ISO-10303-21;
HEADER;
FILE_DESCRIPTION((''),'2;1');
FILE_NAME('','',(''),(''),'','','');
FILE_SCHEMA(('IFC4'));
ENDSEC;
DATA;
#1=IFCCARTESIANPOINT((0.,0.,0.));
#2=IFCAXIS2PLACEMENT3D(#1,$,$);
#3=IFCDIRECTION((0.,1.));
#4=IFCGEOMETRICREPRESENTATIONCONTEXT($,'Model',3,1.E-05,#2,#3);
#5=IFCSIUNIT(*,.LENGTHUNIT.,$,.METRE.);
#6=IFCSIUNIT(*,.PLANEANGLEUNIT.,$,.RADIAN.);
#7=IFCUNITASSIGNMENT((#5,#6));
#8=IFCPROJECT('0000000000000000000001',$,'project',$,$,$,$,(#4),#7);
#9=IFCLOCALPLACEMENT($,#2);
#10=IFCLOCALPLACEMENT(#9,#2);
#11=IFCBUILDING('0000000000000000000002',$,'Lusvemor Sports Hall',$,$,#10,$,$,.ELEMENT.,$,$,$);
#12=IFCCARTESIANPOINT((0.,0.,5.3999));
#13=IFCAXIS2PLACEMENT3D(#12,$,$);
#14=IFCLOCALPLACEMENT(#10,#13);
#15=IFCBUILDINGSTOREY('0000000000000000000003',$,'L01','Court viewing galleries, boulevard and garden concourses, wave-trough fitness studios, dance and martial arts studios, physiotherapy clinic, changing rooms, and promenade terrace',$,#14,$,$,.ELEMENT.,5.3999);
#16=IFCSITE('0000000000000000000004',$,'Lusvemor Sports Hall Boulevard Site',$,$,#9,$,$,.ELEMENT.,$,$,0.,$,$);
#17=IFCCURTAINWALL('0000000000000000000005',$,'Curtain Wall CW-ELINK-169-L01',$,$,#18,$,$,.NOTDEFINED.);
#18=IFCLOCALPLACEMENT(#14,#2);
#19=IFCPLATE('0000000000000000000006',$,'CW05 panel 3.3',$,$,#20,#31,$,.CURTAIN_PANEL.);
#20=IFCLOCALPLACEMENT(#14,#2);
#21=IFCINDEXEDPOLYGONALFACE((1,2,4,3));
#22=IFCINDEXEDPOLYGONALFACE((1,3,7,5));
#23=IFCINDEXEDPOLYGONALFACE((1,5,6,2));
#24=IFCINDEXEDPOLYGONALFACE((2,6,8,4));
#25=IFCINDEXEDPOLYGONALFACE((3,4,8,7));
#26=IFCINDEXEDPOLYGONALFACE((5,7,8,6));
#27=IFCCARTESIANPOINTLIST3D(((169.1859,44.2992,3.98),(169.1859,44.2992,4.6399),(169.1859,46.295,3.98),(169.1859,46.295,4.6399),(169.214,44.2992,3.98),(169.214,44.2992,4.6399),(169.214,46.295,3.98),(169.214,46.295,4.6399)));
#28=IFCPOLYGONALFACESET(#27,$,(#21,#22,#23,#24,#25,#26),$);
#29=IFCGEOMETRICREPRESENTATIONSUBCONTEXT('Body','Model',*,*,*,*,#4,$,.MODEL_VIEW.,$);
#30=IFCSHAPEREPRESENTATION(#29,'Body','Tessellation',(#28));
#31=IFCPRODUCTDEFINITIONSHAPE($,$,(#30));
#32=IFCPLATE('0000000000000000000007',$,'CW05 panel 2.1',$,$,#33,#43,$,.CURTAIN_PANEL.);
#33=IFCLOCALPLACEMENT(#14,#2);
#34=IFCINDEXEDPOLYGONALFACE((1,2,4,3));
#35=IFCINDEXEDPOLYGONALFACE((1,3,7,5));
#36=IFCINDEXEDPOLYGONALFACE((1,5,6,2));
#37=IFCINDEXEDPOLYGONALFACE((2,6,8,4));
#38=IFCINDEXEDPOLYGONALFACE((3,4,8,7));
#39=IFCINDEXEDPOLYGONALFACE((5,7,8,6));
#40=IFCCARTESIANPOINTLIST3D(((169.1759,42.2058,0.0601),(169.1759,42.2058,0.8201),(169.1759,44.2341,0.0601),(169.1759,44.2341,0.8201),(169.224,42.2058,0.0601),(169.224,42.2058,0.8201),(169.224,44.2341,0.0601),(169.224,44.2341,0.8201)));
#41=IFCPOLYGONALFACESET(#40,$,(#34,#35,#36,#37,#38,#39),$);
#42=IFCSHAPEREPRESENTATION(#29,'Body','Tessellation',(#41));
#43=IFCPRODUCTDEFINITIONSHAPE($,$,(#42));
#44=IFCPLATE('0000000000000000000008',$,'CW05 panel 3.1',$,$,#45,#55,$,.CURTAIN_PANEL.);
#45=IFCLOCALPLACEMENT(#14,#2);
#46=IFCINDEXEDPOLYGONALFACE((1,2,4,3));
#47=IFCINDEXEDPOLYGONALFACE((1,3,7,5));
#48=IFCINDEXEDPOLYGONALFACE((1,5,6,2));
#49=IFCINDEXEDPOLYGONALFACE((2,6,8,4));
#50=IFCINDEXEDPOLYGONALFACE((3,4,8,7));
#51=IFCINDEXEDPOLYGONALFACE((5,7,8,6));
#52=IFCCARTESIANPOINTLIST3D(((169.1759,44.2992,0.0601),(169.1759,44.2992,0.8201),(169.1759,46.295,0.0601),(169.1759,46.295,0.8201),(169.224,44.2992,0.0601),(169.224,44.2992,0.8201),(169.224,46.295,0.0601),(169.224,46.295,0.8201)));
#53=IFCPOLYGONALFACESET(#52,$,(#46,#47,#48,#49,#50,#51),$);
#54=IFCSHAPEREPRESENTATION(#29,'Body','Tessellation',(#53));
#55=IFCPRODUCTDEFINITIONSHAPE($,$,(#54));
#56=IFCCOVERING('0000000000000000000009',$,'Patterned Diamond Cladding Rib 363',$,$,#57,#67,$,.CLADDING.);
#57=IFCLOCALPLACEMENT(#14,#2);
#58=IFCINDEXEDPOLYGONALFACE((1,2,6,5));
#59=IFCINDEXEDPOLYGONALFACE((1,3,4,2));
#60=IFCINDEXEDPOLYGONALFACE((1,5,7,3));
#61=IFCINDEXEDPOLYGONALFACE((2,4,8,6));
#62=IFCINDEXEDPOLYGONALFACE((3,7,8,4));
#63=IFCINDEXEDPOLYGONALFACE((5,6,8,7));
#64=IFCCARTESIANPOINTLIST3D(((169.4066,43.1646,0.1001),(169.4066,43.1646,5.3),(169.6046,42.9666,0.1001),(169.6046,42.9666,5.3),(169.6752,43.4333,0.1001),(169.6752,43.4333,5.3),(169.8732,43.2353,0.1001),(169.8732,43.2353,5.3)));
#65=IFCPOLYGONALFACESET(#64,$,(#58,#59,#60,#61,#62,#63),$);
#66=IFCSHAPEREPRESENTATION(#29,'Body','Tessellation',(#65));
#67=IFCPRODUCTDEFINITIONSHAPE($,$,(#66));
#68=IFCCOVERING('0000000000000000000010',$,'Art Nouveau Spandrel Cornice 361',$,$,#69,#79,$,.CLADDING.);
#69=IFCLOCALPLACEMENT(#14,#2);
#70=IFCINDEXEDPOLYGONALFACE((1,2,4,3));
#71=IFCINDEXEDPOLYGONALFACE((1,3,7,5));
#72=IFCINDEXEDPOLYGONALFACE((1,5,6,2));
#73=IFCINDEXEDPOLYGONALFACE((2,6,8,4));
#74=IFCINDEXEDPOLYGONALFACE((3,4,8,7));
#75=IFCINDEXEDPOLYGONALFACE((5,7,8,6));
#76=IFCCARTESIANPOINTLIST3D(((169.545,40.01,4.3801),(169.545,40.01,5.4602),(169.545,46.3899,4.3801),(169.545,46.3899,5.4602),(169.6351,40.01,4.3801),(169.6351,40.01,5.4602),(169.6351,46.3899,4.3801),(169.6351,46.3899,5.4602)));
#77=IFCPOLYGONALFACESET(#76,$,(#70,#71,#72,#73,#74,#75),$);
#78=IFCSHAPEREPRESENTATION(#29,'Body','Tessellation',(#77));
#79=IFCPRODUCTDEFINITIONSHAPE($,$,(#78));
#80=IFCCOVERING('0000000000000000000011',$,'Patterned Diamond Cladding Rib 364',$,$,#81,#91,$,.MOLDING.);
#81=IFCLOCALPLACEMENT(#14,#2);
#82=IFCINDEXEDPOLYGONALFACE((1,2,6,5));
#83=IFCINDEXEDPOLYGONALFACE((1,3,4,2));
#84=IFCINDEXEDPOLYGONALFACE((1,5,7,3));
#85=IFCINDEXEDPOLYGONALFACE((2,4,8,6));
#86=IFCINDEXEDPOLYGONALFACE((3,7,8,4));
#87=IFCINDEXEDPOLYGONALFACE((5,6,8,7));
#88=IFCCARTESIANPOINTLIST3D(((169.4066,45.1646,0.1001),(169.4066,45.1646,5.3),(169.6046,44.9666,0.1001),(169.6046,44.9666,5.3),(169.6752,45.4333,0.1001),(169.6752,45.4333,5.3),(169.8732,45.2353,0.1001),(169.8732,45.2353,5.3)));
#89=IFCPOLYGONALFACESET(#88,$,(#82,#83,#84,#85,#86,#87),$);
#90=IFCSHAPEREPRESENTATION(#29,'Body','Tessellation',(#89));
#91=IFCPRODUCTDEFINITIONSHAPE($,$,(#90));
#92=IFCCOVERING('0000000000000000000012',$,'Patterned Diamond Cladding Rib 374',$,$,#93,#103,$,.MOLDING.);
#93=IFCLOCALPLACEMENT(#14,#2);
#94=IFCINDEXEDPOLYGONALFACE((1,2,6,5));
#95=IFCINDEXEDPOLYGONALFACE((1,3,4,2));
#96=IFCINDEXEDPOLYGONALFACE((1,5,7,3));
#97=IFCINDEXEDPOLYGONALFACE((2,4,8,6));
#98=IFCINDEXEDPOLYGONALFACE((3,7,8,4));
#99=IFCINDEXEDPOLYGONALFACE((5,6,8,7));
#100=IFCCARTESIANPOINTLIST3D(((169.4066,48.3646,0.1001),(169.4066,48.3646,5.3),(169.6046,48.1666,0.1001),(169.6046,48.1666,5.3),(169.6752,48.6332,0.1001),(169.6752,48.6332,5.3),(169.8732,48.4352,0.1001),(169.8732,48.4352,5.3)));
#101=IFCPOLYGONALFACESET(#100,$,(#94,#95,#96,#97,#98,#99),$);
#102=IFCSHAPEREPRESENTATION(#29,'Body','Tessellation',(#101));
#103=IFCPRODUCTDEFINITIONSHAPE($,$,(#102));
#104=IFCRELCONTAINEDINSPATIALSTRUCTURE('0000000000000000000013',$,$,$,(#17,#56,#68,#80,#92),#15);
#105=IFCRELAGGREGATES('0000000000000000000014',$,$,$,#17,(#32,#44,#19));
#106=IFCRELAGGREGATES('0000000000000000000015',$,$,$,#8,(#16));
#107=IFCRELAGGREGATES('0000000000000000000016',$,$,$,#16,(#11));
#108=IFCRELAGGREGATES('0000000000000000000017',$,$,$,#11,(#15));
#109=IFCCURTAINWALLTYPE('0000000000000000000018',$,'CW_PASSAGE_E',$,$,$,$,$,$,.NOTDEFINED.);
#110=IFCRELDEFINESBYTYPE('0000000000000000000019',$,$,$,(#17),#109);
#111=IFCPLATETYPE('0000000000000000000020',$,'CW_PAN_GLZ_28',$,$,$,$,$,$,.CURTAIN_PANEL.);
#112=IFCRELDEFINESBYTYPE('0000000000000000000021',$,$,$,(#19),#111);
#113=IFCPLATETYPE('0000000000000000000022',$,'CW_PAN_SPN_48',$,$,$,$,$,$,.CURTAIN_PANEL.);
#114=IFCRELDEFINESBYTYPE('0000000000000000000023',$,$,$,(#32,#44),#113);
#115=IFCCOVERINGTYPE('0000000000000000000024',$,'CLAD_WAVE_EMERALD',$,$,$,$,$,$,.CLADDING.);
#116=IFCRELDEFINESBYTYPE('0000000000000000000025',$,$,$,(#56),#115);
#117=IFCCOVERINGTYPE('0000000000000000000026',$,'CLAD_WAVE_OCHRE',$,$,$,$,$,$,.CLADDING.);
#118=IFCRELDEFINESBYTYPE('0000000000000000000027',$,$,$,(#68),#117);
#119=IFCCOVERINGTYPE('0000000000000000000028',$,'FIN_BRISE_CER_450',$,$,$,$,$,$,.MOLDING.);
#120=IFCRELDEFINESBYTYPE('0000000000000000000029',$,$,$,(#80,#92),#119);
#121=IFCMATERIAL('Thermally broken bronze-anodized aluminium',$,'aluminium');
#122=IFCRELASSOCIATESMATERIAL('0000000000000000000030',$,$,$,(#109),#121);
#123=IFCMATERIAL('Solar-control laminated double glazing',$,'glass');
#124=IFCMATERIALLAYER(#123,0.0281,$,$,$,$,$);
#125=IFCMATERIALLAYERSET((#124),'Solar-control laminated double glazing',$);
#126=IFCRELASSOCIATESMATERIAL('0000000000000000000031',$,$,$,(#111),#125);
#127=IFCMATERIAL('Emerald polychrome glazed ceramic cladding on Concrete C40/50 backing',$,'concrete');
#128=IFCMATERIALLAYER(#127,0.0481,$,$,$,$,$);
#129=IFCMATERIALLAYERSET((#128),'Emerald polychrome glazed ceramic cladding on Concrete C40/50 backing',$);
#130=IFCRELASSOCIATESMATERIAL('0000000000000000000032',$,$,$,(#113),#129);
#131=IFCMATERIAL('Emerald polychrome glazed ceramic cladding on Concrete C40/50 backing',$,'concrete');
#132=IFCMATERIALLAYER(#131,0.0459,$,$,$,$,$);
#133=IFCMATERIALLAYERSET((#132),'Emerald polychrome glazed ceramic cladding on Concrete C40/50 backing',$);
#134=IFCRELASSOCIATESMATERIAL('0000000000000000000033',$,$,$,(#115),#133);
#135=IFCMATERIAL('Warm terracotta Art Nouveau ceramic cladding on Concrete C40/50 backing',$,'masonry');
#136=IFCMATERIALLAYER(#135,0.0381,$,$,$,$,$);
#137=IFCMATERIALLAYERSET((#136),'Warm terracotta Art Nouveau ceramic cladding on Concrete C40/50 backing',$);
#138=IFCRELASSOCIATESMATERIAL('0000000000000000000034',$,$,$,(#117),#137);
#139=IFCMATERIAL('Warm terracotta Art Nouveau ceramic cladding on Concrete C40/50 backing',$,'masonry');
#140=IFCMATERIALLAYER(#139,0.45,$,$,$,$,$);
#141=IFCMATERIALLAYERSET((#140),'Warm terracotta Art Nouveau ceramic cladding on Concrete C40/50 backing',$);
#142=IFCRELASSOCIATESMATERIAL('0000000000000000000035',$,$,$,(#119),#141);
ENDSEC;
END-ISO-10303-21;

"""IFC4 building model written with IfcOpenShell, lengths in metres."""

from ifc_helpers import new_model, si_unit, direction, frame, origin, origin_2d, place, context, subcontext, project, spatial, rectangle, extrude, material, layer, layer_set, type_object, element, aggregate, save


model = new_model("IFC4")

# Units and contexts
model_context = context("Model", 3, precision=1e-05, world=origin(), true_north=direction((0.0, 1.0)))
body_context = subcontext(model_context, "Body", "Model", "MODEL_VIEW")
ifc_project = project(units=[si_unit("LENGTHUNIT", "METRE"), si_unit("PLANEANGLEUNIT", "RADIAN")], contexts=[model_context])

# Site, building, storey
site_placement = place(None, origin())
site = spatial("IfcSite", under=ifc_project, at=site_placement, Name="Lusvemor Sports Hall Boulevard Site", CompositionType="ELEMENT", RefElevation=0.0)
building_placement = place(site_placement, origin())
building = spatial("IfcBuilding", under=site, at=building_placement, Name="Lusvemor Sports Hall", CompositionType="ELEMENT")
storey_placement = place(building_placement, frame((0.0, 0.0, 5.3999)))
storey = spatial("IfcBuildingStorey", under=building, at=storey_placement, Name="L01", Description="Court viewing galleries, boulevard and garden concourses, wave-trough fitness studios, dance and martial arts studios, physiotherapy clinic, changing rooms, and promenade terrace", CompositionType="ELEMENT", Elevation=5.3999)

# Curtain wall
ifc_material_1 = material(Name="Thermally broken bronze-anodized aluminium", Category="aluminium")
curtain_wall_type = type_object("IfcCurtainWallType", Name="CW_PASSAGE_E", PredefinedType="NOTDEFINED", material=ifc_material_1)
curtain_wall_placement = place(storey_placement, origin())
curtain_wall = element("IfcCurtainWall", 1, at=curtain_wall_placement, inside=storey, type_object=curtain_wall_type, Name="Curtain Wall CW-ELINK-169-L01", PredefinedType="NOTDEFINED")

# Plates
ifc_material_2 = material(Name="Solar-control laminated double glazing", Category="glass")
ifc_layer_1 = layer(ifc_material_2, 0.0281)
ifc_layer_set_1 = layer_set([ifc_layer_1], Name="Solar-control laminated double glazing")
plate_type_1 = type_object("IfcPlateType", Name="CW_PAN_GLZ_28", PredefinedType="CURTAIN_PANEL", material=ifc_layer_set_1)
plate_1_placement = place(storey_placement, frame((169.2, 45.2971, 3.98), z_axis=(0.0, 0.0, 1.0), x_axis=(0.0, 1.0, 0.0)))
plate_1 = element("IfcPlate", 2, at=plate_1_placement, type_object=plate_type_1, Name="CW05 panel 3.3", PredefinedType="CURTAIN_PANEL", context=body_context, shape_type="SweptSolid", body=[
    extrude(rectangle(XDim=1.9958, YDim=0.0281, at=origin_2d()), origin(), (0.0, 0.0, 1.0), 0.6599),
])
ifc_material_3 = material(Name="Emerald polychrome glazed ceramic cladding on Concrete C40/50 backing", Category="concrete")
ifc_layer_2 = layer(ifc_material_3, 0.0481)
ifc_layer_set_2 = layer_set([ifc_layer_2], Name="Emerald polychrome glazed ceramic cladding on Concrete C40/50 backing")
plate_type_2 = type_object("IfcPlateType", Name="CW_PAN_SPN_48", PredefinedType="CURTAIN_PANEL", material=ifc_layer_set_2)
plate_2_placement = place(storey_placement, frame((169.2, 43.22, 0.0601), z_axis=(0.0, 0.0, 1.0), x_axis=(0.0, 1.0, 0.0)))
plate_2 = element("IfcPlate", 3, at=plate_2_placement, type_object=plate_type_2, Name="CW05 panel 2.1", PredefinedType="CURTAIN_PANEL", context=body_context, shape_type="SweptSolid", body=[
    extrude(rectangle(XDim=2.0283, YDim=0.0481, at=origin_2d()), origin(), (0.0, 0.0, 1.0), 0.76),
])
plate_3_placement = place(storey_placement, frame((169.2, 45.2971, 0.0601), z_axis=(0.0, 0.0, 1.0), x_axis=(0.0, 1.0, 0.0)))
plate_3 = element("IfcPlate", 4, at=plate_3_placement, type_object=plate_type_2, Name="CW05 panel 3.1", PredefinedType="CURTAIN_PANEL", context=body_context, shape_type="SweptSolid", body=[
    extrude(rectangle(XDim=1.9958, YDim=0.0481, at=origin_2d()), origin(), (0.0, 0.0, 1.0), 0.76),
])
aggregate(curtain_wall, [plate_2, plate_3, plate_1])

# Coverings
ifc_material_4 = material(Name="Emerald polychrome glazed ceramic cladding on Concrete C40/50 backing", Category="concrete")
ifc_layer_3 = layer(ifc_material_4, 0.0459)
ifc_layer_set_3 = layer_set([ifc_layer_3], Name="Emerald polychrome glazed ceramic cladding on Concrete C40/50 backing")
covering_type_1 = type_object("IfcCoveringType", Name="CLAD_WAVE_EMERALD", PredefinedType="CLADDING", material=ifc_layer_set_3)
covering_1_placement = place(storey_placement, frame((169.6399, 43.2, 0.1001), z_axis=(0.0, 0.0, 1.0), x_axis=(0.707107, 0.707107, 0.0)))
element("IfcCovering", 5, at=covering_1_placement, inside=storey, type_object=covering_type_1, Name="Patterned Diamond Cladding Rib 363", PredefinedType="CLADDING", context=body_context, shape_type="SweptSolid", body=[
    extrude(rectangle(XDim=0.3799, YDim=0.28, at=origin_2d()), origin(), (0.0, 0.0, 1.0), 5.2),
])
ifc_material_5 = material(Name="Warm terracotta Art Nouveau ceramic cladding on Concrete C40/50 backing", Category="masonry")
ifc_layer_4 = layer(ifc_material_5, 0.0381)
ifc_layer_set_4 = layer_set([ifc_layer_4], Name="Warm terracotta Art Nouveau ceramic cladding on Concrete C40/50 backing")
covering_type_2 = type_object("IfcCoveringType", Name="CLAD_WAVE_OCHRE", PredefinedType="CLADDING", material=ifc_layer_set_4)
covering_2_placement = place(storey_placement, frame((169.5901, 43.2, 4.3801), z_axis=(0.0, 0.0, 1.0), x_axis=(1.0, 0.0, 0.0)))
element("IfcCovering", 6, at=covering_2_placement, inside=storey, type_object=covering_type_2, Name="Art Nouveau Spandrel Cornice 361", PredefinedType="CLADDING", context=body_context, shape_type="SweptSolid", body=[
    extrude(rectangle(XDim=0.0901, YDim=6.3799, at=origin_2d()), origin(), (0.0, 0.0, 1.0), 1.0801),
])
ifc_material_6 = material(Name="Warm terracotta Art Nouveau ceramic cladding on Concrete C40/50 backing", Category="masonry")
ifc_layer_5 = layer(ifc_material_6, 0.45)
ifc_layer_set_5 = layer_set([ifc_layer_5], Name="Warm terracotta Art Nouveau ceramic cladding on Concrete C40/50 backing")
covering_type_3 = type_object("IfcCoveringType", Name="FIN_BRISE_CER_450", PredefinedType="MOLDING", material=ifc_layer_set_5)
for number, where, z_axis, x_axis, name in (
    (7, (169.6399, 45.2, 0.1001), (0.0, 0.0, 1.0), (0.707107, 0.707107, 0.0), "Patterned Diamond Cladding Rib 364"),
    (8, (169.6399, 48.3999, 0.1001), (0.0, 0.0, 1.0), (0.707107, 0.707107, 0.0), "Patterned Diamond Cladding Rib 374"),
):
    element("IfcCovering", number, at=place(storey_placement, frame(where, z_axis=z_axis, x_axis=x_axis)), inside=storey, type_object=covering_type_3, Name=name, PredefinedType="MOLDING", context=body_context, shape_type="SweptSolid", body=[
        extrude(rectangle(XDim=0.3799, YDim=0.28, at=origin_2d()), origin(), (0.0, 0.0, 1.0), 5.2),
    ])

save(model, "model.ifc")
